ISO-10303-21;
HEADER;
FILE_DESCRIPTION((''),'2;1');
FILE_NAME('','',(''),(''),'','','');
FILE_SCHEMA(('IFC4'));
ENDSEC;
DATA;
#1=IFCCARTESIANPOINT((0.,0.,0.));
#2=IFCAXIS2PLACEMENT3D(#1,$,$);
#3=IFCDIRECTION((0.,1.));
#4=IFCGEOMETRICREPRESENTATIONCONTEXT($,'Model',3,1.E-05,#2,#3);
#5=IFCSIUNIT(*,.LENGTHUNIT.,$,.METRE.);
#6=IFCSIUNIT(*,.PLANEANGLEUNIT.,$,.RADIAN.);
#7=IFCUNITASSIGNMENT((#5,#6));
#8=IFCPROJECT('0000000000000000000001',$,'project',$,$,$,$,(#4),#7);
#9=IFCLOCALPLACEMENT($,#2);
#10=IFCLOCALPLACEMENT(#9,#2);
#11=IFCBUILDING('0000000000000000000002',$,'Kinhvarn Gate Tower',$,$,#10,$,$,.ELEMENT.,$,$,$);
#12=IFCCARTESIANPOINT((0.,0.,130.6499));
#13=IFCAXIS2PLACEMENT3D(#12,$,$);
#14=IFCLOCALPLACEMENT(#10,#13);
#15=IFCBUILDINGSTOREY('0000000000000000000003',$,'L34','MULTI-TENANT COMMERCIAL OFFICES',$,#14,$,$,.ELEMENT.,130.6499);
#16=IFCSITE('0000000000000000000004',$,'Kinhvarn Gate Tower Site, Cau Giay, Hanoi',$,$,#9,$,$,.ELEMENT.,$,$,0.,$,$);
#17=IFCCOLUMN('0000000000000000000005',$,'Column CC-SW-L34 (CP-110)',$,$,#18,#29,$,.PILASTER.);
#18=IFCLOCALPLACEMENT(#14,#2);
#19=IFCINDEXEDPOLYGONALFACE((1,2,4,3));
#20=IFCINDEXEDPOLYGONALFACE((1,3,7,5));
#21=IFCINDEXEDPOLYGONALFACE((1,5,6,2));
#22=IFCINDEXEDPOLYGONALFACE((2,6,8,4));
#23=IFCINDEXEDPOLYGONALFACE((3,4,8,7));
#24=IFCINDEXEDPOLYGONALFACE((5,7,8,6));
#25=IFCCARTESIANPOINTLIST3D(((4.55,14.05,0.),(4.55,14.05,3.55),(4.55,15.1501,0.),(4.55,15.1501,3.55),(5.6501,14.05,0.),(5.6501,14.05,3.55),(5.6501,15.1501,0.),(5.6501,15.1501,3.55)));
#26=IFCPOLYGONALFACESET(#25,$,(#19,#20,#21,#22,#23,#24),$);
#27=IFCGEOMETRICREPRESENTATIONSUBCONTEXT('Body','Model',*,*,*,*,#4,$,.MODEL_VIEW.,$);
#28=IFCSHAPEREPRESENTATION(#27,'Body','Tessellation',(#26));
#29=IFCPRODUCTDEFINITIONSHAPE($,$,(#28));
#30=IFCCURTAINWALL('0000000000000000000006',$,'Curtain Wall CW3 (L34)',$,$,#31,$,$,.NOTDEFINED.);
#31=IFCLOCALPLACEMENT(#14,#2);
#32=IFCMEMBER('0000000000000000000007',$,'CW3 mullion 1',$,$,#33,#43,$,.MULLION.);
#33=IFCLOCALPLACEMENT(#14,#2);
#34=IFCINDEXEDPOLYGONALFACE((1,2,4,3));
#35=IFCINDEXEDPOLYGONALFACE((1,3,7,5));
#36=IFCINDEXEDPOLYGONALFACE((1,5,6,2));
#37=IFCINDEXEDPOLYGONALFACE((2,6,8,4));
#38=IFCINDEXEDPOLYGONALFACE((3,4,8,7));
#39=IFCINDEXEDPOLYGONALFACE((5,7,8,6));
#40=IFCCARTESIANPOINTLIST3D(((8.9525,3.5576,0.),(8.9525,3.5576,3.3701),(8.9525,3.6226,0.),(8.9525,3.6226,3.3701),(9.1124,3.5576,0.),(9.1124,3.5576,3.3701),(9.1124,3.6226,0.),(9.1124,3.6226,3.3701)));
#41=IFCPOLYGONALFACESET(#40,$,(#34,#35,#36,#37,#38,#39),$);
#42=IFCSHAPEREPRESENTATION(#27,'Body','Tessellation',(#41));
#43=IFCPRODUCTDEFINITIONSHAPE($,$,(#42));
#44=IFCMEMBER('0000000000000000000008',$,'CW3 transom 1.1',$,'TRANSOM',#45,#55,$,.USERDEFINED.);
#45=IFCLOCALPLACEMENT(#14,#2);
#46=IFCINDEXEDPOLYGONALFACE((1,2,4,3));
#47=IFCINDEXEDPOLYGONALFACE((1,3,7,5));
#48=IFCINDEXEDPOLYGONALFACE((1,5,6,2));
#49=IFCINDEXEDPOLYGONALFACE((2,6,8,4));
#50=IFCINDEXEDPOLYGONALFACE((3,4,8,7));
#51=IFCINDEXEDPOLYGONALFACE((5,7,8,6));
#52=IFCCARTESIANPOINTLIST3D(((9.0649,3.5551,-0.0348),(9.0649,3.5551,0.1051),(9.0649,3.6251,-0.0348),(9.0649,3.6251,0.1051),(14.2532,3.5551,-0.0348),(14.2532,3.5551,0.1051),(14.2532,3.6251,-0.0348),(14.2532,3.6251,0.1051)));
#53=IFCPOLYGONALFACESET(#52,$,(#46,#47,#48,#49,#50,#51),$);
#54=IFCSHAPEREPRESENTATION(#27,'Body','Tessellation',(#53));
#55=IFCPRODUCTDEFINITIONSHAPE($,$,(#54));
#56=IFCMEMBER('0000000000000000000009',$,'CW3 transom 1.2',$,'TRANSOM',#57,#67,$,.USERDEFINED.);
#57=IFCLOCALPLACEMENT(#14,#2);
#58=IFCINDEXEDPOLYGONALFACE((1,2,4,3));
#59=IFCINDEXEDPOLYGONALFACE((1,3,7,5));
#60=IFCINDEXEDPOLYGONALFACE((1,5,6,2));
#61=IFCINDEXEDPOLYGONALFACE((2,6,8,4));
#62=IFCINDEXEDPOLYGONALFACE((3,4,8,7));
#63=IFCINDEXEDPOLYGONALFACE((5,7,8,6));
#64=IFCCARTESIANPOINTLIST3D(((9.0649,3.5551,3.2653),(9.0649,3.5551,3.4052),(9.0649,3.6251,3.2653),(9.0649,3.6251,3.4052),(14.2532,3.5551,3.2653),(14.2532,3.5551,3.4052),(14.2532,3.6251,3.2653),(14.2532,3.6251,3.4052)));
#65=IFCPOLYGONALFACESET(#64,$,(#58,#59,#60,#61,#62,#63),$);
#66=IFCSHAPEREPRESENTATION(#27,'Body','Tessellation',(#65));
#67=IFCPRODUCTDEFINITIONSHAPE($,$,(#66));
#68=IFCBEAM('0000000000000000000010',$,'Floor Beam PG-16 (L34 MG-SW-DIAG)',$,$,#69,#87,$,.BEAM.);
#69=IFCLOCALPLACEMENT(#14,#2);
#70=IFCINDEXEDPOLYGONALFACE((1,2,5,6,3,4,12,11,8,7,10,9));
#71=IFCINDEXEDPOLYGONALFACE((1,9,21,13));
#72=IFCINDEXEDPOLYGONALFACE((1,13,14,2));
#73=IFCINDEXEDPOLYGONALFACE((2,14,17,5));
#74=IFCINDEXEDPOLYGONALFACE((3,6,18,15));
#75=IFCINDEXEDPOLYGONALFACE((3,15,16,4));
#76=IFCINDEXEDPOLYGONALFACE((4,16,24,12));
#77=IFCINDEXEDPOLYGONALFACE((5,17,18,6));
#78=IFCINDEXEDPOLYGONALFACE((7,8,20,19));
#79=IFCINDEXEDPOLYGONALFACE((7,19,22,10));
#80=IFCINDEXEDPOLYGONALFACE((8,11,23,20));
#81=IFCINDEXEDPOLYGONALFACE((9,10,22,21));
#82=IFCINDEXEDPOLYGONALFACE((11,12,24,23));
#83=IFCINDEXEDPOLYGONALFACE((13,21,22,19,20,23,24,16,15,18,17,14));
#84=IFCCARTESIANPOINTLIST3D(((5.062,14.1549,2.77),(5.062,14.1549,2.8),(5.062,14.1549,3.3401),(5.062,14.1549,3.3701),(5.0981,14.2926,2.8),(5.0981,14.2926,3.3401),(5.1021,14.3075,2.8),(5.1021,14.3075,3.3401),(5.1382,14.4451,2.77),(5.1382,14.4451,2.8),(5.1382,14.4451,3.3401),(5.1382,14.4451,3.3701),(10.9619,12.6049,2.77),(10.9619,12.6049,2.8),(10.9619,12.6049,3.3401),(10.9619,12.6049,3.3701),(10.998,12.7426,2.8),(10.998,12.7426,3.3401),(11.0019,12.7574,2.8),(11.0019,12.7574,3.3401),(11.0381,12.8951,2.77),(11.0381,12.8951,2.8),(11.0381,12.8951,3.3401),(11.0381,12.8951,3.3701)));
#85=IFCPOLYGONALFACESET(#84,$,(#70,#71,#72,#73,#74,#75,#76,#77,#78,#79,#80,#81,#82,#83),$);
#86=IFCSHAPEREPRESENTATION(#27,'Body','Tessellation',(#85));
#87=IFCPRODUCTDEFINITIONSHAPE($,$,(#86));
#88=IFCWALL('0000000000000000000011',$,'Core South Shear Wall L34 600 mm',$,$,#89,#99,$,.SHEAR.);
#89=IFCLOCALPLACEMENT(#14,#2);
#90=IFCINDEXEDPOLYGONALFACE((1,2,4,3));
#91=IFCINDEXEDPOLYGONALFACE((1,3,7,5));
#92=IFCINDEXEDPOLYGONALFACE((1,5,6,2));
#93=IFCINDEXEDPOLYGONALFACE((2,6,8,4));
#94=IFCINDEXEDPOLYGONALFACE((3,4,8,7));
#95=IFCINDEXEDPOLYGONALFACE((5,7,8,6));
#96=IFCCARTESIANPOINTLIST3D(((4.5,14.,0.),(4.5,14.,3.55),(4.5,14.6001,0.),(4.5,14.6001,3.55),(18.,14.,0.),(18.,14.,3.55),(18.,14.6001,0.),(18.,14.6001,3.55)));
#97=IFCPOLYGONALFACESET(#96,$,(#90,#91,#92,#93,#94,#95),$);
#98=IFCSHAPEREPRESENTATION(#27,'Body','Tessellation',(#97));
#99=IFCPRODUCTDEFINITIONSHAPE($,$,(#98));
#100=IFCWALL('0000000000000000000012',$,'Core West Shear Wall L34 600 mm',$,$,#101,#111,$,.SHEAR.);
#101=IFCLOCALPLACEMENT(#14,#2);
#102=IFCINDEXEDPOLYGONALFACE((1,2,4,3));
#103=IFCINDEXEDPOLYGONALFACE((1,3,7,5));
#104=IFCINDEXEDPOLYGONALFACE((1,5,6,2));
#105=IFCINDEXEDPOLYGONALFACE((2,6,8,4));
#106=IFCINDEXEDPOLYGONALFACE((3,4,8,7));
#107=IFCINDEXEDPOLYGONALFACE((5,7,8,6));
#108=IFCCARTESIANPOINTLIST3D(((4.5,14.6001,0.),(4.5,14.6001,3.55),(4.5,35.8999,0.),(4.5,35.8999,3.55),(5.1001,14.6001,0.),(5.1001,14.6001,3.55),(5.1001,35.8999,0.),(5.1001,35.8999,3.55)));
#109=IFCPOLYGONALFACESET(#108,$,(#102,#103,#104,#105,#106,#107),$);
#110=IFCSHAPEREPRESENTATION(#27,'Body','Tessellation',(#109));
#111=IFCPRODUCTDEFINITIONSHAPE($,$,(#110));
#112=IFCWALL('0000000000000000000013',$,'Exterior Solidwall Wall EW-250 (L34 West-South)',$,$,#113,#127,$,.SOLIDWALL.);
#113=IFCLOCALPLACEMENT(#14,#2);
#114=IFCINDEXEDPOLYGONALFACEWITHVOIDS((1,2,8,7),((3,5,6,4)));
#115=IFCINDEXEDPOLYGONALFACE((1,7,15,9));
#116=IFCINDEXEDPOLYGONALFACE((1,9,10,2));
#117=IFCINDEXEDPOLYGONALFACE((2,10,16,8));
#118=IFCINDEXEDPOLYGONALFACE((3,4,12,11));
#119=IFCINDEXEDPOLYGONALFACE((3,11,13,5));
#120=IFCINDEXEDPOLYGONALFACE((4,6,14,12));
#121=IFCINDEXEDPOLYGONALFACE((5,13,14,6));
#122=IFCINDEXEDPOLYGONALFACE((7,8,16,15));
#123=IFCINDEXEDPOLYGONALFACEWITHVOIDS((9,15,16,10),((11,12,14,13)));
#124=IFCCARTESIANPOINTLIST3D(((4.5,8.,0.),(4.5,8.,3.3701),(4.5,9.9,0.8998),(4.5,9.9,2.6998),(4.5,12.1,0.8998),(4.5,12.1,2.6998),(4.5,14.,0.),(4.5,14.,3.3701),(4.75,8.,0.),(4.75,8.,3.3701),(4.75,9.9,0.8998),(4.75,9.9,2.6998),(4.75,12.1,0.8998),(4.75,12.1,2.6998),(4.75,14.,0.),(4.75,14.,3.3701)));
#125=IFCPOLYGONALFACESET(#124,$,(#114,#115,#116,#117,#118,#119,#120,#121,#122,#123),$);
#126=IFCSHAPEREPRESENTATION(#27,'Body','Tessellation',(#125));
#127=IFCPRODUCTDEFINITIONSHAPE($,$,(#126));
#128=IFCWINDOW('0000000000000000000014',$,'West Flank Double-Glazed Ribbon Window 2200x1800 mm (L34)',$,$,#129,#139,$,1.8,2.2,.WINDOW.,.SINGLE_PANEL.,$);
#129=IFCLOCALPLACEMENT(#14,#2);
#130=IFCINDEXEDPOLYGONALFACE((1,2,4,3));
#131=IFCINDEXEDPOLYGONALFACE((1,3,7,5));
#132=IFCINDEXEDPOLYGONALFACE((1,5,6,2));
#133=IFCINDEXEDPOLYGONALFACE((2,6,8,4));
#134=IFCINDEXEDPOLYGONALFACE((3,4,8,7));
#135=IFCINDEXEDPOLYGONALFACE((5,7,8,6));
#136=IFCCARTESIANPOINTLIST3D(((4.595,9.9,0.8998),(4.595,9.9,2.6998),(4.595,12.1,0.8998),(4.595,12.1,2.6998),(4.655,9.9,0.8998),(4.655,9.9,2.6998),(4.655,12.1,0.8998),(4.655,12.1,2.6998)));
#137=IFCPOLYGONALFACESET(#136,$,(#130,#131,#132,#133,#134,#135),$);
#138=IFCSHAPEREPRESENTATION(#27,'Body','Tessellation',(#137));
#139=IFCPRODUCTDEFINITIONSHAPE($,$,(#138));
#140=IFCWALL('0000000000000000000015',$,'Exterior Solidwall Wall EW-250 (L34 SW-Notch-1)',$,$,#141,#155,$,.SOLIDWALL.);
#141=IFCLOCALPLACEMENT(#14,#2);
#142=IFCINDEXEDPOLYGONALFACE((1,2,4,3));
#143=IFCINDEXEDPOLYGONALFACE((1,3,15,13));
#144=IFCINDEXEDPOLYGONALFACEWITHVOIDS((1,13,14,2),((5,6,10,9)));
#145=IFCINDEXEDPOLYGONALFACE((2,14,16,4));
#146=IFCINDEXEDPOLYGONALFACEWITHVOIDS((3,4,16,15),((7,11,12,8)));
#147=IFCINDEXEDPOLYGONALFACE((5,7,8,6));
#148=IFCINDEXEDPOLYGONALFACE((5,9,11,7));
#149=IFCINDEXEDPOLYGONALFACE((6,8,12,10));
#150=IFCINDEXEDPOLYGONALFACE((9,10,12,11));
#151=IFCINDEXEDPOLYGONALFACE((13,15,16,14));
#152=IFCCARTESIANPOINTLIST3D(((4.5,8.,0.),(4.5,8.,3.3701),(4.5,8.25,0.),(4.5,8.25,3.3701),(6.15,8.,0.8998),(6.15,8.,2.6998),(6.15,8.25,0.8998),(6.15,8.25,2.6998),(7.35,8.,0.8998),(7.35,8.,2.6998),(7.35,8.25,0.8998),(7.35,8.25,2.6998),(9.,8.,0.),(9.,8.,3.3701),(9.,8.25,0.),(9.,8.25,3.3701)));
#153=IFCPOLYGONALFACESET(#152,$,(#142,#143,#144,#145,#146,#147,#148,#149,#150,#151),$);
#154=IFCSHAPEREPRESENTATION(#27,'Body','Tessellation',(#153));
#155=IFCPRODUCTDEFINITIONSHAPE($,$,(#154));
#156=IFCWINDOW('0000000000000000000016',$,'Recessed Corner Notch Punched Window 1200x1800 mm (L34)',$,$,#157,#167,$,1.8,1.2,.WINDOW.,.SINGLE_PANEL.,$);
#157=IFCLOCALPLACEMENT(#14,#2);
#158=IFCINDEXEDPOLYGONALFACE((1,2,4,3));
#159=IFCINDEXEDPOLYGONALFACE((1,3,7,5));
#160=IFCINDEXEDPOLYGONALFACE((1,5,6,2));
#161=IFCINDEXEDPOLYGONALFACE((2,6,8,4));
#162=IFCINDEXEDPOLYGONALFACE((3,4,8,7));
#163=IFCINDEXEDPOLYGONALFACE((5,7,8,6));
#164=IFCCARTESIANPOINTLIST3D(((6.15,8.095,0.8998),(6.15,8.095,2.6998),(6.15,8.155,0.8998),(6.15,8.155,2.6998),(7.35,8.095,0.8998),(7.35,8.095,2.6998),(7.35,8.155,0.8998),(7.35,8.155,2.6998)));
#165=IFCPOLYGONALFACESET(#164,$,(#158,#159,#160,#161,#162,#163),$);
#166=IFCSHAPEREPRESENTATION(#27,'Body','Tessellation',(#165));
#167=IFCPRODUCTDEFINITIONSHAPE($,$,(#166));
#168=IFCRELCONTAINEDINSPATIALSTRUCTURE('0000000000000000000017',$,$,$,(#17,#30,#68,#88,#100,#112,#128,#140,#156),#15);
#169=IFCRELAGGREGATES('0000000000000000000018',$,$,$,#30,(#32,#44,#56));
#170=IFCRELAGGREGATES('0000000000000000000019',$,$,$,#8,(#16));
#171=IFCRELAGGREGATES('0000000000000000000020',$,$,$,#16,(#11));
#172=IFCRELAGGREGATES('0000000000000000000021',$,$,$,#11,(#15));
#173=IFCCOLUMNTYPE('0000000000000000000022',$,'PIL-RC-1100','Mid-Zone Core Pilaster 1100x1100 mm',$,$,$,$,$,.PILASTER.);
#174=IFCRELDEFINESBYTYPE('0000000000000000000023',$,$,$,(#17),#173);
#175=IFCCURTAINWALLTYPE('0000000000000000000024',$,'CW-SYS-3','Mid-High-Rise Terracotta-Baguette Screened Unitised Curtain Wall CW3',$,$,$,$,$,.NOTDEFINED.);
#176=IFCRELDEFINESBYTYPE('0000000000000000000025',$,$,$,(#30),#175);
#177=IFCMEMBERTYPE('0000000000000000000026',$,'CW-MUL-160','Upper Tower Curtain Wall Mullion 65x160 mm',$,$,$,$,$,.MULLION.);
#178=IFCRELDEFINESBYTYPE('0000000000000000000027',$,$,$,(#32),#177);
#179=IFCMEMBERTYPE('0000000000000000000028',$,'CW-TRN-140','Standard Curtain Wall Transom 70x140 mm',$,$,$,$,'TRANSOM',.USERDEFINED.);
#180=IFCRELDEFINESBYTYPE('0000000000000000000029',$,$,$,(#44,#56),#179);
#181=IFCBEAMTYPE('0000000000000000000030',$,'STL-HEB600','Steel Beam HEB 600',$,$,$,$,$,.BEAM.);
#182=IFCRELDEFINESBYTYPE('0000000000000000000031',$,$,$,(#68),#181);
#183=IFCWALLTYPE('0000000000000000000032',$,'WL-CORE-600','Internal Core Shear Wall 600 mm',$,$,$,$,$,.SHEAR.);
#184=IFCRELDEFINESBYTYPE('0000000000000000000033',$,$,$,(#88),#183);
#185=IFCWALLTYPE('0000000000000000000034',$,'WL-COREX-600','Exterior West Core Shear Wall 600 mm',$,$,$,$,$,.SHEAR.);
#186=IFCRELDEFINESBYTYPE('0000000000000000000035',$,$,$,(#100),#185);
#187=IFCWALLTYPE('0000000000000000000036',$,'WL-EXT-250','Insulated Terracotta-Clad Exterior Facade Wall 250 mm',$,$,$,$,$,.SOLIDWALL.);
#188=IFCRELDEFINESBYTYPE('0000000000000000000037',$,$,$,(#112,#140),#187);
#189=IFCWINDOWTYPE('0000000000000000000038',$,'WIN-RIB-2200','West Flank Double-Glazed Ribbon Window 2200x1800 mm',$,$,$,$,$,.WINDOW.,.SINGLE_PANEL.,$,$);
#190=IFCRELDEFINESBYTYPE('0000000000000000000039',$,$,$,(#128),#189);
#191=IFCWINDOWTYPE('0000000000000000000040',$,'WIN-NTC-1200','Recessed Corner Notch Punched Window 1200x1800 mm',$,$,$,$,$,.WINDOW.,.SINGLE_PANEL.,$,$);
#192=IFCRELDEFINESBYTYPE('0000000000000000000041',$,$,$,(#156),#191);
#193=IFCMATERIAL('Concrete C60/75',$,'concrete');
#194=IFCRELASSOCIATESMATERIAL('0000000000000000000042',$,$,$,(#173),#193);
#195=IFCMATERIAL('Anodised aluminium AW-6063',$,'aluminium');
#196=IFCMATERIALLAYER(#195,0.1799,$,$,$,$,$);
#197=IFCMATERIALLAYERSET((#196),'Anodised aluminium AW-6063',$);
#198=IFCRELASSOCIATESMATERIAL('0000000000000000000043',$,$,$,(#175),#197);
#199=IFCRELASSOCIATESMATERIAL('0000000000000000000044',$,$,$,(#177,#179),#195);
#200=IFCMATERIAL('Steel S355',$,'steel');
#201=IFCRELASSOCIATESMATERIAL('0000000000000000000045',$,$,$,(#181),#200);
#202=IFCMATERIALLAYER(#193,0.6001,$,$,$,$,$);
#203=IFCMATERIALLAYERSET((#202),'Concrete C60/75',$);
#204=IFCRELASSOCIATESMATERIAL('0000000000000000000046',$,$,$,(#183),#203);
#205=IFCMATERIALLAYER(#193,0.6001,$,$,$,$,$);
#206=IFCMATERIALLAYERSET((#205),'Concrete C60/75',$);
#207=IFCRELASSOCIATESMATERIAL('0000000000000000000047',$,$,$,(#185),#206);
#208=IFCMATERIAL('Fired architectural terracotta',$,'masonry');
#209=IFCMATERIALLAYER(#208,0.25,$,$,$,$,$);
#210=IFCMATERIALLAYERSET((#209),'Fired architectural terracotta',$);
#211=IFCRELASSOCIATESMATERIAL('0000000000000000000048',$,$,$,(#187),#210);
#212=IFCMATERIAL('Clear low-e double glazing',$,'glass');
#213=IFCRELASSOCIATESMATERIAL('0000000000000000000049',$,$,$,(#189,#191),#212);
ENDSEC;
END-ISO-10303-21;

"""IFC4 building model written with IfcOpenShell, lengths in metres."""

from ifc_helpers import new_model, si_unit, direction, frame, frame_2d, origin, origin_2d, place, context, subcontext, project, spatial, rectangle, i_section, extrude, material, layer, layer_set, material_profile, profile_set, type_object, element, fill, aggregate, save


model = new_model("IFC4")

# Units and contexts
model_context = context("Model", 3, precision=1e-05, world=origin(), true_north=direction((0.0, 1.0)))
body_context = subcontext(model_context, "Body", "Model", "MODEL_VIEW")
ifc_project = project(units=[si_unit("LENGTHUNIT", "METRE"), si_unit("PLANEANGLEUNIT", "RADIAN")], contexts=[model_context])

# Site, building, storey
site_placement = place(None, origin())
site = spatial("IfcSite", under=ifc_project, at=site_placement, Name="Kinhvarn Gate Tower Site, Cau Giay, Hanoi", CompositionType="ELEMENT", RefElevation=0.0)
building_placement = place(site_placement, origin())
building = spatial("IfcBuilding", under=site, at=building_placement, Name="Kinhvarn Gate Tower", CompositionType="ELEMENT")
storey_placement = place(building_placement, frame((0.0, 0.0, 130.6499)))
storey = spatial("IfcBuildingStorey", under=building, at=storey_placement, Name="L34", Description="MULTI-TENANT COMMERCIAL OFFICES", CompositionType="ELEMENT", Elevation=130.6499)

# Column
ifc_material_1 = material(Name="Concrete C60/75", Category="concrete")
ifc_material_profile_1 = material_profile(ifc_material_1, rectangle(XDim=1.1001, YDim=1.1001, at=origin_2d()), Name="RC 1100x1100")
ifc_profile_set_1 = profile_set([ifc_material_profile_1], Name="Concrete C60/75")
column_type = type_object("IfcColumnType", Name="PIL-RC-1100", Description="Mid-Zone Core Pilaster 1100x1100 mm", PredefinedType="PILASTER", material=ifc_profile_set_1)
column_placement = place(storey_placement, frame((5.1001, 14.6001, 0.0), z_axis=(0.0, 0.0, 1.0), x_axis=(1.0, 0.0, 0.0)))
element("IfcColumn", 1, at=column_placement, inside=storey, type_object=column_type, Name="Column CC-SW-L34 (CP-110)", PredefinedType="PILASTER", context=body_context, shape_type="SweptSolid", body=[
    extrude(rectangle(XDim=1.1001, YDim=1.1001, at=origin_2d()), origin(), (0.0, 0.0, 1.0), 3.55),
])

# Curtain wall, members
ifc_material_2 = material(Name="Anodised aluminium AW-6063", Category="aluminium")
ifc_layer_1 = layer(ifc_material_2, 0.1799)
ifc_layer_set_1 = layer_set([ifc_layer_1], Name="Anodised aluminium AW-6063")
curtain_wall_type = type_object("IfcCurtainWallType", Name="CW-SYS-3", Description="Mid-High-Rise Terracotta-Baguette Screened Unitised Curtain Wall CW3", PredefinedType="NOTDEFINED", material=ifc_layer_set_1)
curtain_wall_placement = place(storey_placement, origin())
curtain_wall = element("IfcCurtainWall", 2, at=curtain_wall_placement, inside=storey, type_object=curtain_wall_type, Name="Curtain Wall CW3 (L34)", PredefinedType="NOTDEFINED")
ifc_material_profile_2 = material_profile(ifc_material_2, rectangle(XDim=0.0649, YDim=0.1599, at=origin_2d()), Name="ALU 65x160")
ifc_profile_set_2 = profile_set([ifc_material_profile_2], Name="Anodised aluminium AW-6063")
member_type_1 = type_object("IfcMemberType", Name="CW-MUL-160", Description="Upper Tower Curtain Wall Mullion 65x160 mm", PredefinedType="MULLION", material=ifc_profile_set_2)
member_1_placement = place(storey_placement, frame((9.0325, 3.5901, 0.0), z_axis=(0.0, 0.0, 1.0), x_axis=(0.0, 1.0, 0.0)))
member_1 = element("IfcMember", 3, at=member_1_placement, type_object=member_type_1, Name="CW3 mullion 1", PredefinedType="MULLION", context=body_context, shape_type="SweptSolid", body=[
    extrude(rectangle(XDim=0.0649, YDim=0.1599, at=origin_2d()), origin(), (0.0, 0.0, 1.0), 3.3701),
])
ifc_material_profile_3 = material_profile(ifc_material_2, rectangle(XDim=0.0701, YDim=0.1399, at=origin_2d()), Name="ALU 70x140")
ifc_profile_set_3 = profile_set([ifc_material_profile_3], Name="Anodised aluminium AW-6063")
member_type_2 = type_object("IfcMemberType", Name="CW-TRN-140", Description="Standard Curtain Wall Transom 70x140 mm", ElementType="TRANSOM", PredefinedType="USERDEFINED", material=ifc_profile_set_3)
member_2_placement = place(storey_placement, frame((9.0649, 3.5901, 0.0352), z_axis=(1.0, 0.0, 0.0), x_axis=(0.0, 1.0, 0.0)))
member_2 = element("IfcMember", 4, at=member_2_placement, type_object=member_type_2, Name="CW3 transom 1.1", ObjectType="TRANSOM", PredefinedType="USERDEFINED", context=body_context, shape_type="SweptSolid", body=[
    extrude(rectangle(XDim=0.0701, YDim=0.1399, at=origin_2d()), origin(), (0.0, 0.0, 1.0), 5.1882),
])
member_3_placement = place(storey_placement, frame((9.0649, 3.5901, 3.3352), z_axis=(1.0, 0.0, 0.0), x_axis=(0.0, 1.0, 0.0)))
member_3 = element("IfcMember", 5, at=member_3_placement, type_object=member_type_2, Name="CW3 transom 1.2", ObjectType="TRANSOM", PredefinedType="USERDEFINED", context=body_context, shape_type="SweptSolid", body=[
    extrude(rectangle(XDim=0.0701, YDim=0.1399, at=origin_2d()), origin(), (0.0, 0.0, 1.0), 5.1882),
])
aggregate(curtain_wall, [member_1, member_2, member_3])

# Beam
ifc_material_3 = material(Name="Steel S355", Category="steel")
ifc_material_profile_4 = material_profile(ifc_material_3, i_section(OverallWidth=0.3, OverallDepth=0.6001, WebThickness=0.0154, FlangeThickness=0.03, at=origin_2d()), Name="HEB 600")
ifc_profile_set_4 = profile_set([ifc_material_profile_4], Name="Steel S355")
beam_type = type_object("IfcBeamType", Name="STL-HEB600", Description="Steel Beam HEB 600", PredefinedType="BEAM", material=ifc_profile_set_4)
beam_placement = place(storey_placement, frame((5.1001, 14.3, 3.0701), z_axis=(0.967178, -0.254101, 0.0), x_axis=(0.254101, 0.967178, 0.0)))
element("IfcBeam", 6, at=beam_placement, inside=storey, type_object=beam_type, Name="Floor Beam PG-16 (L34 MG-SW-DIAG)", PredefinedType="BEAM", context=body_context, shape_type="SweptSolid", body=[
    extrude(i_section(OverallWidth=0.3, OverallDepth=0.6001, WebThickness=0.0154, FlangeThickness=0.03, at=origin_2d()), origin(), (0.0, 0.0, 1.0), 6.1001),
])

# Walls
ifc_layer_2 = layer(ifc_material_1, 0.6001)
ifc_layer_set_2 = layer_set([ifc_layer_2], Name="Concrete C60/75")
wall_type_1 = type_object("IfcWallType", Name="WL-CORE-600", Description="Internal Core Shear Wall 600 mm", PredefinedType="SHEAR", material=ifc_layer_set_2)
wall_1_placement = place(storey_placement, frame((4.5, 14.3, 0.0), z_axis=(0.0, 0.0, 1.0), x_axis=(1.0, 0.0, 0.0)))
element("IfcWall", 7, at=wall_1_placement, inside=storey, type_object=wall_type_1, Name="Core South Shear Wall L34 600 mm", PredefinedType="SHEAR", context=body_context, shape_type="SweptSolid", body=[
    extrude(rectangle(XDim=13.5, YDim=0.6001, at=frame_2d((6.75, 0.0))), origin(), (0.0, 0.0, 1.0), 3.55),
])
ifc_layer_3 = layer(ifc_material_1, 0.6001)
ifc_layer_set_3 = layer_set([ifc_layer_3], Name="Concrete C60/75")
wall_type_2 = type_object("IfcWallType", Name="WL-COREX-600", Description="Exterior West Core Shear Wall 600 mm", PredefinedType="SHEAR", material=ifc_layer_set_3)
wall_2_placement = place(storey_placement, frame((4.8, 14.6001, 0.0), z_axis=(0.0, 0.0, 1.0), x_axis=(0.0, 1.0, 0.0)))
element("IfcWall", 8, at=wall_2_placement, inside=storey, type_object=wall_type_2, Name="Core West Shear Wall L34 600 mm", PredefinedType="SHEAR", context=body_context, shape_type="SweptSolid", body=[
    extrude(rectangle(XDim=21.2998, YDim=0.6001, at=frame_2d((10.6499, 0.0))), origin(), (0.0, 0.0, 1.0), 3.55),
])

# Walls, openings, windows
ifc_material_4 = material(Name="Fired architectural terracotta", Category="masonry")
ifc_layer_4 = layer(ifc_material_4, 0.25)
ifc_layer_set_4 = layer_set([ifc_layer_4], Name="Fired architectural terracotta")
wall_type_3 = type_object("IfcWallType", Name="WL-EXT-250", Description="Insulated Terracotta-Clad Exterior Facade Wall 250 mm", PredefinedType="SOLIDWALL", material=ifc_layer_set_4)
wall_3_placement = place(storey_placement, frame((4.625, 14.0, 0.0), z_axis=(0.0, 0.0, 1.0), x_axis=(0.0, -1.0, 0.0)))
wall_3 = element("IfcWall", 9, at=wall_3_placement, inside=storey, type_object=wall_type_3, Name="Exterior Solidwall Wall EW-250 (L34 West-South)", PredefinedType="SOLIDWALL", context=body_context, shape_type="SweptSolid", body=[
    extrude(rectangle(XDim=6.0, YDim=0.25, at=frame_2d((3.0, 0.0))), origin(), (0.0, 0.0, 1.0), 3.3701),
])
opening_1_placement = place(wall_3_placement, frame((1.8999, 0.0, 0.8999)))
opening_1 = element("IfcOpeningElement", 10, at=opening_1_placement, cuts=wall_3, PredefinedType="OPENING", context=body_context, shape_type="SweptSolid", body=[
    extrude(rectangle(XDim=2.2, YDim=1.8, at=frame_2d((1.1001, 0.8999))), frame((0.0, 0.135, 0.0), z_axis=(0.0, -1.0, 0.0), x_axis=(1.0, 0.0, 0.0)), (0.0, 0.0, 1.0), 0.27),
])
ifc_material_5 = material(Name="Clear low-e double glazing", Category="glass")
window_type_1 = type_object("IfcWindowType", Name="WIN-RIB-2200", Description="West Flank Double-Glazed Ribbon Window 2200x1800 mm", PartitioningType="SINGLE_PANEL", PredefinedType="WINDOW", material=ifc_material_5)
window_1_placement = place(opening_1_placement, origin())
window_1 = element("IfcWindow", 11, at=window_1_placement, inside=storey, type_object=window_type_1, Name="West Flank Double-Glazed Ribbon Window 2200x1800 mm (L34)", OverallHeight=1.8, OverallWidth=2.2, PartitioningType="SINGLE_PANEL", PredefinedType="WINDOW", context=body_context, shape_type="SweptSolid", body=[
    extrude(rectangle(XDim=2.2, YDim=1.8, at=frame_2d((1.1001, 0.8999))), frame((0.0, 0.03, 0.0), z_axis=(0.0, -1.0, 0.0), x_axis=(1.0, 0.0, 0.0)), (0.0, 0.0, 1.0), 0.0601),
])
fill(opening_1, window_1)
wall_4_placement = place(storey_placement, frame((4.5, 8.125, 0.0), z_axis=(0.0, 0.0, 1.0), x_axis=(1.0, 0.0, 0.0)))
wall_4 = element("IfcWall", 12, at=wall_4_placement, inside=storey, type_object=wall_type_3, Name="Exterior Solidwall Wall EW-250 (L34 SW-Notch-1)", PredefinedType="SOLIDWALL", context=body_context, shape_type="SweptSolid", body=[
    extrude(rectangle(XDim=4.5, YDim=0.25, at=frame_2d((2.25, 0.0))), origin(), (0.0, 0.0, 1.0), 3.3701),
])
opening_2_placement = place(wall_4_placement, frame((1.6499, 0.0, 0.8999)))
opening_2 = element("IfcOpeningElement", 13, at=opening_2_placement, cuts=wall_4, PredefinedType="OPENING", context=body_context, shape_type="SweptSolid", body=[
    extrude(rectangle(XDim=1.2, YDim=1.8, at=frame_2d((0.6001, 0.8999))), frame((0.0, 0.135, 0.0), z_axis=(0.0, -1.0, 0.0), x_axis=(1.0, 0.0, 0.0)), (0.0, 0.0, 1.0), 0.27),
])
window_type_2 = type_object("IfcWindowType", Name="WIN-NTC-1200", Description="Recessed Corner Notch Punched Window 1200x1800 mm", PartitioningType="SINGLE_PANEL", PredefinedType="WINDOW", material=ifc_material_5)
window_2_placement = place(opening_2_placement, origin())
window_2 = element("IfcWindow", 14, at=window_2_placement, inside=storey, type_object=window_type_2, Name="Recessed Corner Notch Punched Window 1200x1800 mm (L34)", OverallHeight=1.8, OverallWidth=1.2, PartitioningType="SINGLE_PANEL", PredefinedType="WINDOW", context=body_context, shape_type="SweptSolid", body=[
    extrude(rectangle(XDim=1.2, YDim=1.8, at=frame_2d((0.6001, 0.8999))), frame((0.0, 0.03, 0.0), z_axis=(0.0, -1.0, 0.0), x_axis=(1.0, 0.0, 0.0)), (0.0, 0.0, 1.0), 0.0601),
])
fill(opening_2, window_2)

save(model, "model.ifc")
